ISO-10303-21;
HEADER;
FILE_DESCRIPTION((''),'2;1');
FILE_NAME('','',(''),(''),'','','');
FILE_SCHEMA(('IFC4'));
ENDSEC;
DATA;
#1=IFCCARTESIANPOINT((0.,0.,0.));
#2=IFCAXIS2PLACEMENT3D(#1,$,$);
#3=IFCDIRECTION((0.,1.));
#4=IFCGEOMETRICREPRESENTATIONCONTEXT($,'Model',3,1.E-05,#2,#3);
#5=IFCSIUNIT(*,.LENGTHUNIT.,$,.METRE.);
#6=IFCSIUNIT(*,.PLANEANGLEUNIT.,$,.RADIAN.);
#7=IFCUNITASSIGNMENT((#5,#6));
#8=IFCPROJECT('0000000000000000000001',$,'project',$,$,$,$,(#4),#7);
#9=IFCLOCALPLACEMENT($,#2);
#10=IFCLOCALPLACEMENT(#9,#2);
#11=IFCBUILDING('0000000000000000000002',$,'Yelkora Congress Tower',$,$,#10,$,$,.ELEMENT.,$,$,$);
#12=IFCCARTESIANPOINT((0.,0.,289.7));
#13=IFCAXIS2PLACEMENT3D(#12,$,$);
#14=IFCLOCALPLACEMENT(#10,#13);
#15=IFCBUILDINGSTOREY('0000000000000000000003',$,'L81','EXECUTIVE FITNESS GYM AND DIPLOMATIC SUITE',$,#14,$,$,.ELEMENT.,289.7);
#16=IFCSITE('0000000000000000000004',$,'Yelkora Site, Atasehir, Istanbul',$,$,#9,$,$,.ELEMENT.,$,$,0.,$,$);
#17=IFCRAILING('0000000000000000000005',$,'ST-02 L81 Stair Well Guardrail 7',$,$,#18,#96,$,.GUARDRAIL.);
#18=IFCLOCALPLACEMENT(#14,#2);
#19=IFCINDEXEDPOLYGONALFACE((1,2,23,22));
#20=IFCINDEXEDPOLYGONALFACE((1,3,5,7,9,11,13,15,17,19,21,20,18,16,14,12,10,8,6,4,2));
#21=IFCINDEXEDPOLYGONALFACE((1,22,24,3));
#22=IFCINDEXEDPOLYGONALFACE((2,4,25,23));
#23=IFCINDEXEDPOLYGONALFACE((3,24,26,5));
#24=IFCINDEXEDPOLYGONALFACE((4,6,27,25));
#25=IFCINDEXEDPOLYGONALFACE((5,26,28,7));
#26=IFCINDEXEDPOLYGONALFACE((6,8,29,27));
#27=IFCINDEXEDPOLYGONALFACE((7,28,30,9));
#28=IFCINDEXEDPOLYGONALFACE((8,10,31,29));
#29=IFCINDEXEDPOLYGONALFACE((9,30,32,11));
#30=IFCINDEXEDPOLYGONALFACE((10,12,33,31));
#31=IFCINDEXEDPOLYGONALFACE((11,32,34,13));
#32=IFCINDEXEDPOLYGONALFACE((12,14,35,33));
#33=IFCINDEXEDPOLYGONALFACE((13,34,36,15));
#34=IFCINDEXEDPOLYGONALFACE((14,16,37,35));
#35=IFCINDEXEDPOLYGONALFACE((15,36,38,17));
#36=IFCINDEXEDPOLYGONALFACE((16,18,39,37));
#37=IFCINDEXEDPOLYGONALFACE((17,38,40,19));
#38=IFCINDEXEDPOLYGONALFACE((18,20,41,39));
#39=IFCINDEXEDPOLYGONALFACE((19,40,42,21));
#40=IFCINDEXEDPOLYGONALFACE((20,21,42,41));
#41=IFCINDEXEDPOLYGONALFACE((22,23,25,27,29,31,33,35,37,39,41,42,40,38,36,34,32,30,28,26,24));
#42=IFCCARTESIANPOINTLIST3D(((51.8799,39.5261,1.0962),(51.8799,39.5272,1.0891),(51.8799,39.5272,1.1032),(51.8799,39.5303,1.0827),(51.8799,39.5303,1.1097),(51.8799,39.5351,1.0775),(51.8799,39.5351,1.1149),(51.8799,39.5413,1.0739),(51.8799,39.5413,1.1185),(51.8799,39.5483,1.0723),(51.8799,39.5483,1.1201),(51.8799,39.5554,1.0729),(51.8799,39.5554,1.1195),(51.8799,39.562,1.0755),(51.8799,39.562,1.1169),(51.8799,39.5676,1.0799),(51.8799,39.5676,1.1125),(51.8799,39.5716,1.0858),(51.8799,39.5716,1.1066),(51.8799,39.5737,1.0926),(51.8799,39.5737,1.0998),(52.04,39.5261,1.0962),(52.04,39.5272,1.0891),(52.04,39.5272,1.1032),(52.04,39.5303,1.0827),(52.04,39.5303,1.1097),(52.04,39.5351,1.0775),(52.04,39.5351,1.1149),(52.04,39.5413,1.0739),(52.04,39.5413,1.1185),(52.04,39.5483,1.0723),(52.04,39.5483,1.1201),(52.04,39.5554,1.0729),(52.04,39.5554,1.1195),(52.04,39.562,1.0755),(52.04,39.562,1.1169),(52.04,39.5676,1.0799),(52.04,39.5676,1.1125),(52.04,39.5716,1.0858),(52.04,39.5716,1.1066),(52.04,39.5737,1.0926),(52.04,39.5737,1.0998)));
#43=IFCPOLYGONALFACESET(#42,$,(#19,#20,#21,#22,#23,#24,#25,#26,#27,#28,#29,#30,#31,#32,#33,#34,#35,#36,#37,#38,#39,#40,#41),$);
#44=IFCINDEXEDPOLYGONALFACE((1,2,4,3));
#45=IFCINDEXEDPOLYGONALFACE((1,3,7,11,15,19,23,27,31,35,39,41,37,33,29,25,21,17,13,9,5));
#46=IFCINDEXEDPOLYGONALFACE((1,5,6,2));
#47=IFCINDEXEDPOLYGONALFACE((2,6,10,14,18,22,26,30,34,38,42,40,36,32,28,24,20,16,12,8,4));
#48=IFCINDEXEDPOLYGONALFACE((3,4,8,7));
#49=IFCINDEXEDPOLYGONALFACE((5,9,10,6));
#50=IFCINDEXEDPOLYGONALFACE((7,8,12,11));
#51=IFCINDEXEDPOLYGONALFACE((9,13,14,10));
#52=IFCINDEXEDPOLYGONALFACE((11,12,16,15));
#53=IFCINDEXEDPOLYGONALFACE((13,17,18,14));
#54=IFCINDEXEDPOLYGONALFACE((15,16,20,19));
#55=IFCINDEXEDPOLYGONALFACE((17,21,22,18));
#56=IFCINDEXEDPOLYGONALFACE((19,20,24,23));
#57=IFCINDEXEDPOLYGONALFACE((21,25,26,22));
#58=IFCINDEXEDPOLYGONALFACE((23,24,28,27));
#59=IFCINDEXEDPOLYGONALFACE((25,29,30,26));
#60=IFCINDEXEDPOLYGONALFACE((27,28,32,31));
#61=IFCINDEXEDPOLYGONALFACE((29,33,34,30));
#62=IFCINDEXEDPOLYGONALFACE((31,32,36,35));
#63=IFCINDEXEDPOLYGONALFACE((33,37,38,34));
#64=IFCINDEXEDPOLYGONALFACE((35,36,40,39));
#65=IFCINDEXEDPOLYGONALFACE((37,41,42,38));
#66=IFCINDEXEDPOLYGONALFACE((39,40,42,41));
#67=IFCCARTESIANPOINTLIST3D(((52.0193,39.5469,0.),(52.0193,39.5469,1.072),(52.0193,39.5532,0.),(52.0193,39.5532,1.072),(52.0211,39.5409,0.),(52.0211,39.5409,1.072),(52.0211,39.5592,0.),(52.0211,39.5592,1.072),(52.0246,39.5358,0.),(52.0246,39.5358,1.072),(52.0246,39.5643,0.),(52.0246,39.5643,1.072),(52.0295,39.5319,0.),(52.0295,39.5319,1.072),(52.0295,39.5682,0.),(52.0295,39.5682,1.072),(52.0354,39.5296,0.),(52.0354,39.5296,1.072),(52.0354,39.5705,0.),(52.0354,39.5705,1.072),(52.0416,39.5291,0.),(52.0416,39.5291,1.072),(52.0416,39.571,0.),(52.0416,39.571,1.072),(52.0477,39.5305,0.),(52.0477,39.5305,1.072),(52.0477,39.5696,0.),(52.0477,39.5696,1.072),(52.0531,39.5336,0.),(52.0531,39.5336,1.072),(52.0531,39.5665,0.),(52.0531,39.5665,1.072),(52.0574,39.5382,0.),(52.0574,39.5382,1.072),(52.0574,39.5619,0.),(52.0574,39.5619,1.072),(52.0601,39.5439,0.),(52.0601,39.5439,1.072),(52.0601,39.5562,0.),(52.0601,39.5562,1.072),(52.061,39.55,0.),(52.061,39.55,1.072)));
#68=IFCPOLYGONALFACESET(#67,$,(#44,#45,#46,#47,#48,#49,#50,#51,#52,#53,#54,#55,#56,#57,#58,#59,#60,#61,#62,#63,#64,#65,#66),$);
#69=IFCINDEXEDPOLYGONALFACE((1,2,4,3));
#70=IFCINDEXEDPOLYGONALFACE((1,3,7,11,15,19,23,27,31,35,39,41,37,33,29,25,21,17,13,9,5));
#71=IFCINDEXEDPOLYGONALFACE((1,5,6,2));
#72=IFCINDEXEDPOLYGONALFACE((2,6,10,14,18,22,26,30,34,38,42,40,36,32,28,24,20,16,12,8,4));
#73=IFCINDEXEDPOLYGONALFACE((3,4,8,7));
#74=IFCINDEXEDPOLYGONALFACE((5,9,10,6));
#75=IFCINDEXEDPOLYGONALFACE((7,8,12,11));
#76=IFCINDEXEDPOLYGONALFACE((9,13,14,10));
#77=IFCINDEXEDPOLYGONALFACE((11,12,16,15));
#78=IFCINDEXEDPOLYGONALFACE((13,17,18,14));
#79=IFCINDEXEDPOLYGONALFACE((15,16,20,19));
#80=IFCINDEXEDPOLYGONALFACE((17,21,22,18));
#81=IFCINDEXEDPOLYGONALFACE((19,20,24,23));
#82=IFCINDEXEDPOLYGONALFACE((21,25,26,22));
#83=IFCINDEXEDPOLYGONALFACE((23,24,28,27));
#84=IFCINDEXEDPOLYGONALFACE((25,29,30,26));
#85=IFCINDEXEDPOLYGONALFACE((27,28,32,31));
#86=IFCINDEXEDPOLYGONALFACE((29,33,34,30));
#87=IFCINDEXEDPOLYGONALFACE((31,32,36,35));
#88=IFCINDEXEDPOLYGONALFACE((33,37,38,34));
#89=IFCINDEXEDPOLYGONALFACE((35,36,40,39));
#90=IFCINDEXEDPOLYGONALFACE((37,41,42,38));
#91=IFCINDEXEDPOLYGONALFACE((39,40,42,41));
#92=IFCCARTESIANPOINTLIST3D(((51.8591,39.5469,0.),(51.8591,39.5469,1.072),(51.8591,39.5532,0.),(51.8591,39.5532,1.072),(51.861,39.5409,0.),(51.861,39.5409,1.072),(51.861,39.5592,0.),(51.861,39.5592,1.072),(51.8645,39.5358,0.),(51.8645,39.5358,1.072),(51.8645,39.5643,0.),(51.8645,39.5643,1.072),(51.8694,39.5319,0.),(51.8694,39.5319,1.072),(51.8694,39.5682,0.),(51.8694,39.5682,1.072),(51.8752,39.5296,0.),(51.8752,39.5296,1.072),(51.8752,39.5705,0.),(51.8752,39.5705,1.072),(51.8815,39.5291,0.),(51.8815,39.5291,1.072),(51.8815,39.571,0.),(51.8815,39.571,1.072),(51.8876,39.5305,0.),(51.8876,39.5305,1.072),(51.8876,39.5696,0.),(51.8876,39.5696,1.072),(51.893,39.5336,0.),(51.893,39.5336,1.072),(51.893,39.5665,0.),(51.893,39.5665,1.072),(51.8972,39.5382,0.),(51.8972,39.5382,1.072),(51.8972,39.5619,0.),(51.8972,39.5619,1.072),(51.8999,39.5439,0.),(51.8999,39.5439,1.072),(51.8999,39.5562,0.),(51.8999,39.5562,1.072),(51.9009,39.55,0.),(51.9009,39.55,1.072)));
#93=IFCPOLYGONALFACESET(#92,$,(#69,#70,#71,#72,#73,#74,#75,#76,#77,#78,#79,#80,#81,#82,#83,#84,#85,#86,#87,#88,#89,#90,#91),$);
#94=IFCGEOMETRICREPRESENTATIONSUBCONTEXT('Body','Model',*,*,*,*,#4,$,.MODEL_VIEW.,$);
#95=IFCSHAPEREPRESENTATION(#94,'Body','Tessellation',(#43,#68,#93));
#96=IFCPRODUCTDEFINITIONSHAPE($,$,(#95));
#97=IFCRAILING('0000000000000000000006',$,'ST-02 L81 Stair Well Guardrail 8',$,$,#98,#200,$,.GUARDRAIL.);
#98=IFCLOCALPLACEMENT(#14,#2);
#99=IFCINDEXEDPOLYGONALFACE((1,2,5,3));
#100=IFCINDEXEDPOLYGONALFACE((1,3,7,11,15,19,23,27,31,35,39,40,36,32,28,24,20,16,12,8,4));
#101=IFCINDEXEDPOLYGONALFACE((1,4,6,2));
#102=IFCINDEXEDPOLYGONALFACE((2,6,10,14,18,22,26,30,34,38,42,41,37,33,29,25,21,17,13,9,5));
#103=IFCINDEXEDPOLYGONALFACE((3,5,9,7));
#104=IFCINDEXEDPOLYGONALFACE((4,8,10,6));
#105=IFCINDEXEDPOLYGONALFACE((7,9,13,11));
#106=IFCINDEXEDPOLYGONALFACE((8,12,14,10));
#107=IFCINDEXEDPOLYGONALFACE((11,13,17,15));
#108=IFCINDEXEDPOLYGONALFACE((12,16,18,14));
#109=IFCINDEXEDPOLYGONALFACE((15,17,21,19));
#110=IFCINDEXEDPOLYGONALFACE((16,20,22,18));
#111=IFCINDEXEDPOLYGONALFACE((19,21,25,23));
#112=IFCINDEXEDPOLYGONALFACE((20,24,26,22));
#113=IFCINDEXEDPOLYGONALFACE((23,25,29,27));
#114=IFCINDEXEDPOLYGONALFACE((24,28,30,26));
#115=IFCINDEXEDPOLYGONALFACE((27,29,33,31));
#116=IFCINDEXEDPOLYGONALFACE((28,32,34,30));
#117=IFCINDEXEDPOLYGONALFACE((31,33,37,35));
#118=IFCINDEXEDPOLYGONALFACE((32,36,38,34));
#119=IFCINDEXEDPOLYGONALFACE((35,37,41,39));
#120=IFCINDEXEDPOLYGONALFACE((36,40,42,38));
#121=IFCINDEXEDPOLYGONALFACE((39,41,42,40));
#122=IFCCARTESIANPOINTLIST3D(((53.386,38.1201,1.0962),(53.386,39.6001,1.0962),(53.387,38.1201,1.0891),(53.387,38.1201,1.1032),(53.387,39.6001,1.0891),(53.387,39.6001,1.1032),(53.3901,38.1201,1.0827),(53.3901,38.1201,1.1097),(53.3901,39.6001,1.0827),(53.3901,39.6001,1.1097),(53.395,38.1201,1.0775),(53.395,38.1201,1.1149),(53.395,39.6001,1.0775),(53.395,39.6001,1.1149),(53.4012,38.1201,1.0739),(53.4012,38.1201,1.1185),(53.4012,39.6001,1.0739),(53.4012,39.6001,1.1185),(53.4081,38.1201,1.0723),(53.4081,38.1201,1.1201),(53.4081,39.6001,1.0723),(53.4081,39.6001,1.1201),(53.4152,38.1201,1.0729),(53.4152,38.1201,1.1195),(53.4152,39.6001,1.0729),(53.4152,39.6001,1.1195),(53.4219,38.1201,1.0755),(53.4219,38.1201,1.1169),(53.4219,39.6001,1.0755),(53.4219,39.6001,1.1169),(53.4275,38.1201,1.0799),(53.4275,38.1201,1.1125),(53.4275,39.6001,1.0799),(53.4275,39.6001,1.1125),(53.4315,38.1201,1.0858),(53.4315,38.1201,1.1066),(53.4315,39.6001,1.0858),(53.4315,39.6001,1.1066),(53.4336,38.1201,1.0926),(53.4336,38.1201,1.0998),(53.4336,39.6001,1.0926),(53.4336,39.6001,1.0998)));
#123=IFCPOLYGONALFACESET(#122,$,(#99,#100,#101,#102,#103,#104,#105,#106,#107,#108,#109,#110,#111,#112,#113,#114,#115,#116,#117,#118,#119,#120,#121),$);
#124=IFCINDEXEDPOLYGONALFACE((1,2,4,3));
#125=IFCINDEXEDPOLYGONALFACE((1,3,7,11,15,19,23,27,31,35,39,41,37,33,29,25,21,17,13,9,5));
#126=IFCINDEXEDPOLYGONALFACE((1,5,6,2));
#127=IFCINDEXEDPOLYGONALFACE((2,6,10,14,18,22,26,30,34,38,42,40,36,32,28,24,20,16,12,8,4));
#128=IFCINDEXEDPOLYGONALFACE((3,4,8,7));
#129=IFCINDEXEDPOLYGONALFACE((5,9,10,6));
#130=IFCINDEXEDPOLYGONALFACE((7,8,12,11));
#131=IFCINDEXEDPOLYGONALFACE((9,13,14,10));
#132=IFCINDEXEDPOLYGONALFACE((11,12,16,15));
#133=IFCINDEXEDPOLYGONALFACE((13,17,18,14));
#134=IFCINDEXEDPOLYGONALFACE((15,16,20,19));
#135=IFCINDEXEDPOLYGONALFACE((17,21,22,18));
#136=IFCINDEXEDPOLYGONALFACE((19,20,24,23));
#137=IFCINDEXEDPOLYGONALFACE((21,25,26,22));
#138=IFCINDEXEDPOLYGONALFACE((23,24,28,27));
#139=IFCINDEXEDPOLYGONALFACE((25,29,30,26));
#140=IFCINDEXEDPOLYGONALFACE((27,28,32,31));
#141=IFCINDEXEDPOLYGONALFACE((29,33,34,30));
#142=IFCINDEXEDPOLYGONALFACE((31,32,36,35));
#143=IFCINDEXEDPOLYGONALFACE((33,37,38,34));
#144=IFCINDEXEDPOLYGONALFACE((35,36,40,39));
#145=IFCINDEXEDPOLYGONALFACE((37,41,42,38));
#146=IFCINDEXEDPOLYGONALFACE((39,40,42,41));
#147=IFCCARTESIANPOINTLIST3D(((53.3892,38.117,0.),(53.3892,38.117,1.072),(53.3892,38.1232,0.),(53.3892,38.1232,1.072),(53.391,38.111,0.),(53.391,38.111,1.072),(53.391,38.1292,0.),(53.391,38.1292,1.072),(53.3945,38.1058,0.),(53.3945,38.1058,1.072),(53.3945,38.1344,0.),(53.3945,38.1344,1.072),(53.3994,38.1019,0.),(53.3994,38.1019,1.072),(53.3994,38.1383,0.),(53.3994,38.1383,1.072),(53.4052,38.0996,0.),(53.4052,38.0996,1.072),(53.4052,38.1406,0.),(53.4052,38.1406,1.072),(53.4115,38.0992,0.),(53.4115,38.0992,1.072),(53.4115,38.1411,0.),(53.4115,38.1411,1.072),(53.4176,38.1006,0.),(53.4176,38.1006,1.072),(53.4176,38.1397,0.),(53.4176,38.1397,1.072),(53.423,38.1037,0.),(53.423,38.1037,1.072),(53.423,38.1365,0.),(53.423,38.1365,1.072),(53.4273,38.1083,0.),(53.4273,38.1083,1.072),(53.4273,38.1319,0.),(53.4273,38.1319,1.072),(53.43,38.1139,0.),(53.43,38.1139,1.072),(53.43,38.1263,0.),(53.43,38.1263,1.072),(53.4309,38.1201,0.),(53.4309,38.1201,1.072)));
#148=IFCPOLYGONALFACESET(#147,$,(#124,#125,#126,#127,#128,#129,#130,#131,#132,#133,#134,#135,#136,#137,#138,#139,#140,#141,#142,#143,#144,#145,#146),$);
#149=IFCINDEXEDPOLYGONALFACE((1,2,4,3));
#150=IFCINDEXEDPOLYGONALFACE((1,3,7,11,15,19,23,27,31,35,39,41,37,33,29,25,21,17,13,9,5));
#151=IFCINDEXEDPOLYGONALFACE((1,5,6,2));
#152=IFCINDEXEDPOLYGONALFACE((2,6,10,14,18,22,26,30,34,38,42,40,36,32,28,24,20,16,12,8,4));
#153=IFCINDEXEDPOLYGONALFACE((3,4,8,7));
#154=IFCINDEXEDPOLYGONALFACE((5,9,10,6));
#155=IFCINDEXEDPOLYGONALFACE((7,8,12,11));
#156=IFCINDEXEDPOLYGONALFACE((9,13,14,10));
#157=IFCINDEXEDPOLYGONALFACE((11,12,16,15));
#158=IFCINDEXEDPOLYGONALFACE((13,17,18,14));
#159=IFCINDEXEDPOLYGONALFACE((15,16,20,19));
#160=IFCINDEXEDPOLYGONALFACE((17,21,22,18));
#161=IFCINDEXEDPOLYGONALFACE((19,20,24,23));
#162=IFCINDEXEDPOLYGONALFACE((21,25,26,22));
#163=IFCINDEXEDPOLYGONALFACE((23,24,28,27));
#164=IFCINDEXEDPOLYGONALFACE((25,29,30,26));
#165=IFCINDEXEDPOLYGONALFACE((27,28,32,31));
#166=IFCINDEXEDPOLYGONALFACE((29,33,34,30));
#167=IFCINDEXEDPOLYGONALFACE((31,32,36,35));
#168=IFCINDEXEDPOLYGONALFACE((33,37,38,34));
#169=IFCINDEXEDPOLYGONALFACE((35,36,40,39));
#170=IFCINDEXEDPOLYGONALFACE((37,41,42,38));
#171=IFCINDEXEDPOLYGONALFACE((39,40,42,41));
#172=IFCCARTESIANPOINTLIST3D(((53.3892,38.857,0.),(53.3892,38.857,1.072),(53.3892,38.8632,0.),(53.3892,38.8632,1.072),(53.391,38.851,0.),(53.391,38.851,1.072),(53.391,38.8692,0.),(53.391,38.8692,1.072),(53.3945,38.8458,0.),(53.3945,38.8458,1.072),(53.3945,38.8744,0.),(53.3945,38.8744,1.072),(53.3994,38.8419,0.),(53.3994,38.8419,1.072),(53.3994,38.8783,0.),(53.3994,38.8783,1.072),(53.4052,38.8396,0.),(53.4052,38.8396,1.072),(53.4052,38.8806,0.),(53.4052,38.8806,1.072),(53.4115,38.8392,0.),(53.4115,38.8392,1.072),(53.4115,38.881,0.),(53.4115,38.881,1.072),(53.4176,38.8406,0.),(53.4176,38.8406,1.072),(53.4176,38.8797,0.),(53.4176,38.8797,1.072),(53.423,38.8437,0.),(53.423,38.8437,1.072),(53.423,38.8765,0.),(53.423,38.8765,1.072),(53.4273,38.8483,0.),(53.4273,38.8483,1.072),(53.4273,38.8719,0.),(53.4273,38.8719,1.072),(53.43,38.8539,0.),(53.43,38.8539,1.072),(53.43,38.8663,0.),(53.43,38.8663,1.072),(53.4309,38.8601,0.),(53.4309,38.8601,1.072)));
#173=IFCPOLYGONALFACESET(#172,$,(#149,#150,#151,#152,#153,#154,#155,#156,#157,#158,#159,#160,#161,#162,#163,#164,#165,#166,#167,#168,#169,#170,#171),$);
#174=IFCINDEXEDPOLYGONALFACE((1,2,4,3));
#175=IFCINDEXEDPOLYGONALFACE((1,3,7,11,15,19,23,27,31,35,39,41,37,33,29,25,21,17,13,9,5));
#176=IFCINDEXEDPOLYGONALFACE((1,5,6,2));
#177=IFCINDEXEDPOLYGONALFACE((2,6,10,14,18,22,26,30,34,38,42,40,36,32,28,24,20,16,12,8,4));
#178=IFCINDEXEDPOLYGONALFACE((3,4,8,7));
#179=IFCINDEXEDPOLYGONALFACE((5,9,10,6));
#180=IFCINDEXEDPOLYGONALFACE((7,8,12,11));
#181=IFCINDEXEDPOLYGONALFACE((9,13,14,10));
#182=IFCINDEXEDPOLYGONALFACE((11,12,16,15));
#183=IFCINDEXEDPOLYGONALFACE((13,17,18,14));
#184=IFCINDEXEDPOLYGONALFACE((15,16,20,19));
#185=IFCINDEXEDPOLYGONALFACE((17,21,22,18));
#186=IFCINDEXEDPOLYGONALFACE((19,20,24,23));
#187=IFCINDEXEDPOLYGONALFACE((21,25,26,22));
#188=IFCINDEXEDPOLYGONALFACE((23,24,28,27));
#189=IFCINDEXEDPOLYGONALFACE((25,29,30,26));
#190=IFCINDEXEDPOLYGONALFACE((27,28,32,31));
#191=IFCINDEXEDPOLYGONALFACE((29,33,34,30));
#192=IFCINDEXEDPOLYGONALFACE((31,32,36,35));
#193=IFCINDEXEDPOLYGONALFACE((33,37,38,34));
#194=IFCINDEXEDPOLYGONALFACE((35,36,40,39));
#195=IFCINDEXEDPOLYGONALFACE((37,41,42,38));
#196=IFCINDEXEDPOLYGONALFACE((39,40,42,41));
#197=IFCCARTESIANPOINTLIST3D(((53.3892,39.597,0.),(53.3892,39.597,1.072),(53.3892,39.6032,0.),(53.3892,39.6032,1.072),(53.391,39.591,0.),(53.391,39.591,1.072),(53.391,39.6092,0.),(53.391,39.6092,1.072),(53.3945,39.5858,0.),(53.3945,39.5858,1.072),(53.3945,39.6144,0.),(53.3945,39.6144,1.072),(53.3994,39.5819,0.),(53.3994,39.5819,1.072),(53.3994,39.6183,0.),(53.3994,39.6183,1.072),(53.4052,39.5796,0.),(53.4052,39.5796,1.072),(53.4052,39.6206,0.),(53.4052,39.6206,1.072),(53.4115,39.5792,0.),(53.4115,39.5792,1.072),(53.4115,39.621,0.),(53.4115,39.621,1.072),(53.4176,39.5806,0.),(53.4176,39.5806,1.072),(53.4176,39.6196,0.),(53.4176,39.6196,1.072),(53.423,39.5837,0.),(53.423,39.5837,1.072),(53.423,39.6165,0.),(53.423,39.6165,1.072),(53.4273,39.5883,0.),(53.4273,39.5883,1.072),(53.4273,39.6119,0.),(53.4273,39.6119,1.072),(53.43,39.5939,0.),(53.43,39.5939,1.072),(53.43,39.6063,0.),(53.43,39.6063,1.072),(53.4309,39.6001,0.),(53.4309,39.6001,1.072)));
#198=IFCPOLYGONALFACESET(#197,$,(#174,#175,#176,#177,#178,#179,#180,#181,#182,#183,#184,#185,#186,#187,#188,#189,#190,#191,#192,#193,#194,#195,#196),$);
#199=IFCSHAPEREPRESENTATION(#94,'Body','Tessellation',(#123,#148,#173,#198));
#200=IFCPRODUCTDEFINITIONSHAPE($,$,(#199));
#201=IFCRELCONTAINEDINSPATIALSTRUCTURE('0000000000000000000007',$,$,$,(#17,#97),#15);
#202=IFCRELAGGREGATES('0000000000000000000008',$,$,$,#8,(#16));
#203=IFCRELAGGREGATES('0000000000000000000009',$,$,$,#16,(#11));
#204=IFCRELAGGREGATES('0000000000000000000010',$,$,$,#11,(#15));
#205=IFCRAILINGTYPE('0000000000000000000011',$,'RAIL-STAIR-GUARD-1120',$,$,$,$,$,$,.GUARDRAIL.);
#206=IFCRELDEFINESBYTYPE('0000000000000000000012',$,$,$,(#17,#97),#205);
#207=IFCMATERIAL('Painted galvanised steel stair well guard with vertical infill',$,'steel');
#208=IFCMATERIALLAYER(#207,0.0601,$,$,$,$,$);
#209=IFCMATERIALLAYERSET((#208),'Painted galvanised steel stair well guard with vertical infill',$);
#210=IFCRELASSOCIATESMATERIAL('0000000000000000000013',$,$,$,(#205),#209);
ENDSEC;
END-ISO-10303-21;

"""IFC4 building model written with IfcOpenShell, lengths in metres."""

from ifc_helpers import new_model, si_unit, direction, frame, origin, origin_2d, place, context, subcontext, project, spatial, circle, extrude, material, layer, layer_set, type_object, element, save


model = new_model("IFC4")

# Units and contexts
model_context = context("Model", 3, precision=1e-05, world=origin(), true_north=direction((0.0, 1.0)))
body_context = subcontext(model_context, "Body", "Model", "MODEL_VIEW")
ifc_project = project(units=[si_unit("LENGTHUNIT", "METRE"), si_unit("PLANEANGLEUNIT", "RADIAN")], contexts=[model_context])

# Site, building, storey
site_placement = place(None, origin())
site = spatial("IfcSite", under=ifc_project, at=site_placement, Name="Yelkora Site, Atasehir, Istanbul", CompositionType="ELEMENT", RefElevation=0.0)
building_placement = place(site_placement, origin())
building = spatial("IfcBuilding", under=site, at=building_placement, Name="Yelkora Congress Tower", CompositionType="ELEMENT")
storey_placement = place(building_placement, frame((0.0, 0.0, 289.7)))
storey = spatial("IfcBuildingStorey", under=building, at=storey_placement, Name="L81", Description="EXECUTIVE FITNESS GYM AND DIPLOMATIC SUITE", CompositionType="ELEMENT", Elevation=289.7)

# Railings
ifc_material_1 = material(Name="Painted galvanised steel stair well guard with vertical infill", Category="steel")
ifc_layer_1 = layer(ifc_material_1, 0.0601)
ifc_layer_set_1 = layer_set([ifc_layer_1], Name="Painted galvanised steel stair well guard with vertical infill")
railing_type_1 = type_object("IfcRailingType", Name="RAIL-STAIR-GUARD-1120", PredefinedType="GUARDRAIL", material=ifc_layer_set_1)
railing_1_placement = place(storey_placement, frame((52.04, 39.55, 0.0)))
element("IfcRailing", 1, at=railing_1_placement, inside=storey, type_object=railing_type_1, Name="ST-02 L81 Stair Well Guardrail 7", PredefinedType="GUARDRAIL", context=body_context, shape_type="SweptSolid", body=[
    extrude(circle(Radius=0.0239, at=origin_2d()), frame((0.0, 0.0, 1.0962), z_axis=(-1.0, 0.0, 0.0), x_axis=(0.0, -1.0, 0.0)), (0.0, 0.0, 1.0), 0.1602),
    extrude(circle(Radius=0.021, at=origin_2d()), origin(), (0.0, 0.0, 1.0), 1.072),
    extrude(circle(Radius=0.021, at=origin_2d()), frame((-0.1602, 0.0, 0.0)), (0.0, 0.0, 1.0), 1.072),
])
for number, where, name in (
    (2, (53.4099, 38.1201, 0.0), "ST-02 L81 Stair Well Guardrail 8"),
):
    element("IfcRailing", number, at=place(storey_placement, frame(where)), inside=storey, type_object=railing_type_1, Name=name, PredefinedType="GUARDRAIL", context=body_context, shape_type="SweptSolid", body=[
        extrude(circle(Radius=0.0239, at=origin_2d()), frame((0.0, 0.0, 1.0962), z_axis=(0.0, 1.0, 0.0), x_axis=(-1.0, 0.0, 0.0)), (0.0, 0.0, 1.0), 1.48),
        extrude(circle(Radius=0.021, at=origin_2d()), origin(), (0.0, 0.0, 1.0), 1.072),
        extrude(circle(Radius=0.021, at=origin_2d()), frame((0.0, 0.74, 0.0)), (0.0, 0.0, 1.0), 1.072),
        extrude(circle(Radius=0.021, at=origin_2d()), frame((0.0, 1.48, 0.0)), (0.0, 0.0, 1.0), 1.072),
    ])

save(model, "model.ifc")
